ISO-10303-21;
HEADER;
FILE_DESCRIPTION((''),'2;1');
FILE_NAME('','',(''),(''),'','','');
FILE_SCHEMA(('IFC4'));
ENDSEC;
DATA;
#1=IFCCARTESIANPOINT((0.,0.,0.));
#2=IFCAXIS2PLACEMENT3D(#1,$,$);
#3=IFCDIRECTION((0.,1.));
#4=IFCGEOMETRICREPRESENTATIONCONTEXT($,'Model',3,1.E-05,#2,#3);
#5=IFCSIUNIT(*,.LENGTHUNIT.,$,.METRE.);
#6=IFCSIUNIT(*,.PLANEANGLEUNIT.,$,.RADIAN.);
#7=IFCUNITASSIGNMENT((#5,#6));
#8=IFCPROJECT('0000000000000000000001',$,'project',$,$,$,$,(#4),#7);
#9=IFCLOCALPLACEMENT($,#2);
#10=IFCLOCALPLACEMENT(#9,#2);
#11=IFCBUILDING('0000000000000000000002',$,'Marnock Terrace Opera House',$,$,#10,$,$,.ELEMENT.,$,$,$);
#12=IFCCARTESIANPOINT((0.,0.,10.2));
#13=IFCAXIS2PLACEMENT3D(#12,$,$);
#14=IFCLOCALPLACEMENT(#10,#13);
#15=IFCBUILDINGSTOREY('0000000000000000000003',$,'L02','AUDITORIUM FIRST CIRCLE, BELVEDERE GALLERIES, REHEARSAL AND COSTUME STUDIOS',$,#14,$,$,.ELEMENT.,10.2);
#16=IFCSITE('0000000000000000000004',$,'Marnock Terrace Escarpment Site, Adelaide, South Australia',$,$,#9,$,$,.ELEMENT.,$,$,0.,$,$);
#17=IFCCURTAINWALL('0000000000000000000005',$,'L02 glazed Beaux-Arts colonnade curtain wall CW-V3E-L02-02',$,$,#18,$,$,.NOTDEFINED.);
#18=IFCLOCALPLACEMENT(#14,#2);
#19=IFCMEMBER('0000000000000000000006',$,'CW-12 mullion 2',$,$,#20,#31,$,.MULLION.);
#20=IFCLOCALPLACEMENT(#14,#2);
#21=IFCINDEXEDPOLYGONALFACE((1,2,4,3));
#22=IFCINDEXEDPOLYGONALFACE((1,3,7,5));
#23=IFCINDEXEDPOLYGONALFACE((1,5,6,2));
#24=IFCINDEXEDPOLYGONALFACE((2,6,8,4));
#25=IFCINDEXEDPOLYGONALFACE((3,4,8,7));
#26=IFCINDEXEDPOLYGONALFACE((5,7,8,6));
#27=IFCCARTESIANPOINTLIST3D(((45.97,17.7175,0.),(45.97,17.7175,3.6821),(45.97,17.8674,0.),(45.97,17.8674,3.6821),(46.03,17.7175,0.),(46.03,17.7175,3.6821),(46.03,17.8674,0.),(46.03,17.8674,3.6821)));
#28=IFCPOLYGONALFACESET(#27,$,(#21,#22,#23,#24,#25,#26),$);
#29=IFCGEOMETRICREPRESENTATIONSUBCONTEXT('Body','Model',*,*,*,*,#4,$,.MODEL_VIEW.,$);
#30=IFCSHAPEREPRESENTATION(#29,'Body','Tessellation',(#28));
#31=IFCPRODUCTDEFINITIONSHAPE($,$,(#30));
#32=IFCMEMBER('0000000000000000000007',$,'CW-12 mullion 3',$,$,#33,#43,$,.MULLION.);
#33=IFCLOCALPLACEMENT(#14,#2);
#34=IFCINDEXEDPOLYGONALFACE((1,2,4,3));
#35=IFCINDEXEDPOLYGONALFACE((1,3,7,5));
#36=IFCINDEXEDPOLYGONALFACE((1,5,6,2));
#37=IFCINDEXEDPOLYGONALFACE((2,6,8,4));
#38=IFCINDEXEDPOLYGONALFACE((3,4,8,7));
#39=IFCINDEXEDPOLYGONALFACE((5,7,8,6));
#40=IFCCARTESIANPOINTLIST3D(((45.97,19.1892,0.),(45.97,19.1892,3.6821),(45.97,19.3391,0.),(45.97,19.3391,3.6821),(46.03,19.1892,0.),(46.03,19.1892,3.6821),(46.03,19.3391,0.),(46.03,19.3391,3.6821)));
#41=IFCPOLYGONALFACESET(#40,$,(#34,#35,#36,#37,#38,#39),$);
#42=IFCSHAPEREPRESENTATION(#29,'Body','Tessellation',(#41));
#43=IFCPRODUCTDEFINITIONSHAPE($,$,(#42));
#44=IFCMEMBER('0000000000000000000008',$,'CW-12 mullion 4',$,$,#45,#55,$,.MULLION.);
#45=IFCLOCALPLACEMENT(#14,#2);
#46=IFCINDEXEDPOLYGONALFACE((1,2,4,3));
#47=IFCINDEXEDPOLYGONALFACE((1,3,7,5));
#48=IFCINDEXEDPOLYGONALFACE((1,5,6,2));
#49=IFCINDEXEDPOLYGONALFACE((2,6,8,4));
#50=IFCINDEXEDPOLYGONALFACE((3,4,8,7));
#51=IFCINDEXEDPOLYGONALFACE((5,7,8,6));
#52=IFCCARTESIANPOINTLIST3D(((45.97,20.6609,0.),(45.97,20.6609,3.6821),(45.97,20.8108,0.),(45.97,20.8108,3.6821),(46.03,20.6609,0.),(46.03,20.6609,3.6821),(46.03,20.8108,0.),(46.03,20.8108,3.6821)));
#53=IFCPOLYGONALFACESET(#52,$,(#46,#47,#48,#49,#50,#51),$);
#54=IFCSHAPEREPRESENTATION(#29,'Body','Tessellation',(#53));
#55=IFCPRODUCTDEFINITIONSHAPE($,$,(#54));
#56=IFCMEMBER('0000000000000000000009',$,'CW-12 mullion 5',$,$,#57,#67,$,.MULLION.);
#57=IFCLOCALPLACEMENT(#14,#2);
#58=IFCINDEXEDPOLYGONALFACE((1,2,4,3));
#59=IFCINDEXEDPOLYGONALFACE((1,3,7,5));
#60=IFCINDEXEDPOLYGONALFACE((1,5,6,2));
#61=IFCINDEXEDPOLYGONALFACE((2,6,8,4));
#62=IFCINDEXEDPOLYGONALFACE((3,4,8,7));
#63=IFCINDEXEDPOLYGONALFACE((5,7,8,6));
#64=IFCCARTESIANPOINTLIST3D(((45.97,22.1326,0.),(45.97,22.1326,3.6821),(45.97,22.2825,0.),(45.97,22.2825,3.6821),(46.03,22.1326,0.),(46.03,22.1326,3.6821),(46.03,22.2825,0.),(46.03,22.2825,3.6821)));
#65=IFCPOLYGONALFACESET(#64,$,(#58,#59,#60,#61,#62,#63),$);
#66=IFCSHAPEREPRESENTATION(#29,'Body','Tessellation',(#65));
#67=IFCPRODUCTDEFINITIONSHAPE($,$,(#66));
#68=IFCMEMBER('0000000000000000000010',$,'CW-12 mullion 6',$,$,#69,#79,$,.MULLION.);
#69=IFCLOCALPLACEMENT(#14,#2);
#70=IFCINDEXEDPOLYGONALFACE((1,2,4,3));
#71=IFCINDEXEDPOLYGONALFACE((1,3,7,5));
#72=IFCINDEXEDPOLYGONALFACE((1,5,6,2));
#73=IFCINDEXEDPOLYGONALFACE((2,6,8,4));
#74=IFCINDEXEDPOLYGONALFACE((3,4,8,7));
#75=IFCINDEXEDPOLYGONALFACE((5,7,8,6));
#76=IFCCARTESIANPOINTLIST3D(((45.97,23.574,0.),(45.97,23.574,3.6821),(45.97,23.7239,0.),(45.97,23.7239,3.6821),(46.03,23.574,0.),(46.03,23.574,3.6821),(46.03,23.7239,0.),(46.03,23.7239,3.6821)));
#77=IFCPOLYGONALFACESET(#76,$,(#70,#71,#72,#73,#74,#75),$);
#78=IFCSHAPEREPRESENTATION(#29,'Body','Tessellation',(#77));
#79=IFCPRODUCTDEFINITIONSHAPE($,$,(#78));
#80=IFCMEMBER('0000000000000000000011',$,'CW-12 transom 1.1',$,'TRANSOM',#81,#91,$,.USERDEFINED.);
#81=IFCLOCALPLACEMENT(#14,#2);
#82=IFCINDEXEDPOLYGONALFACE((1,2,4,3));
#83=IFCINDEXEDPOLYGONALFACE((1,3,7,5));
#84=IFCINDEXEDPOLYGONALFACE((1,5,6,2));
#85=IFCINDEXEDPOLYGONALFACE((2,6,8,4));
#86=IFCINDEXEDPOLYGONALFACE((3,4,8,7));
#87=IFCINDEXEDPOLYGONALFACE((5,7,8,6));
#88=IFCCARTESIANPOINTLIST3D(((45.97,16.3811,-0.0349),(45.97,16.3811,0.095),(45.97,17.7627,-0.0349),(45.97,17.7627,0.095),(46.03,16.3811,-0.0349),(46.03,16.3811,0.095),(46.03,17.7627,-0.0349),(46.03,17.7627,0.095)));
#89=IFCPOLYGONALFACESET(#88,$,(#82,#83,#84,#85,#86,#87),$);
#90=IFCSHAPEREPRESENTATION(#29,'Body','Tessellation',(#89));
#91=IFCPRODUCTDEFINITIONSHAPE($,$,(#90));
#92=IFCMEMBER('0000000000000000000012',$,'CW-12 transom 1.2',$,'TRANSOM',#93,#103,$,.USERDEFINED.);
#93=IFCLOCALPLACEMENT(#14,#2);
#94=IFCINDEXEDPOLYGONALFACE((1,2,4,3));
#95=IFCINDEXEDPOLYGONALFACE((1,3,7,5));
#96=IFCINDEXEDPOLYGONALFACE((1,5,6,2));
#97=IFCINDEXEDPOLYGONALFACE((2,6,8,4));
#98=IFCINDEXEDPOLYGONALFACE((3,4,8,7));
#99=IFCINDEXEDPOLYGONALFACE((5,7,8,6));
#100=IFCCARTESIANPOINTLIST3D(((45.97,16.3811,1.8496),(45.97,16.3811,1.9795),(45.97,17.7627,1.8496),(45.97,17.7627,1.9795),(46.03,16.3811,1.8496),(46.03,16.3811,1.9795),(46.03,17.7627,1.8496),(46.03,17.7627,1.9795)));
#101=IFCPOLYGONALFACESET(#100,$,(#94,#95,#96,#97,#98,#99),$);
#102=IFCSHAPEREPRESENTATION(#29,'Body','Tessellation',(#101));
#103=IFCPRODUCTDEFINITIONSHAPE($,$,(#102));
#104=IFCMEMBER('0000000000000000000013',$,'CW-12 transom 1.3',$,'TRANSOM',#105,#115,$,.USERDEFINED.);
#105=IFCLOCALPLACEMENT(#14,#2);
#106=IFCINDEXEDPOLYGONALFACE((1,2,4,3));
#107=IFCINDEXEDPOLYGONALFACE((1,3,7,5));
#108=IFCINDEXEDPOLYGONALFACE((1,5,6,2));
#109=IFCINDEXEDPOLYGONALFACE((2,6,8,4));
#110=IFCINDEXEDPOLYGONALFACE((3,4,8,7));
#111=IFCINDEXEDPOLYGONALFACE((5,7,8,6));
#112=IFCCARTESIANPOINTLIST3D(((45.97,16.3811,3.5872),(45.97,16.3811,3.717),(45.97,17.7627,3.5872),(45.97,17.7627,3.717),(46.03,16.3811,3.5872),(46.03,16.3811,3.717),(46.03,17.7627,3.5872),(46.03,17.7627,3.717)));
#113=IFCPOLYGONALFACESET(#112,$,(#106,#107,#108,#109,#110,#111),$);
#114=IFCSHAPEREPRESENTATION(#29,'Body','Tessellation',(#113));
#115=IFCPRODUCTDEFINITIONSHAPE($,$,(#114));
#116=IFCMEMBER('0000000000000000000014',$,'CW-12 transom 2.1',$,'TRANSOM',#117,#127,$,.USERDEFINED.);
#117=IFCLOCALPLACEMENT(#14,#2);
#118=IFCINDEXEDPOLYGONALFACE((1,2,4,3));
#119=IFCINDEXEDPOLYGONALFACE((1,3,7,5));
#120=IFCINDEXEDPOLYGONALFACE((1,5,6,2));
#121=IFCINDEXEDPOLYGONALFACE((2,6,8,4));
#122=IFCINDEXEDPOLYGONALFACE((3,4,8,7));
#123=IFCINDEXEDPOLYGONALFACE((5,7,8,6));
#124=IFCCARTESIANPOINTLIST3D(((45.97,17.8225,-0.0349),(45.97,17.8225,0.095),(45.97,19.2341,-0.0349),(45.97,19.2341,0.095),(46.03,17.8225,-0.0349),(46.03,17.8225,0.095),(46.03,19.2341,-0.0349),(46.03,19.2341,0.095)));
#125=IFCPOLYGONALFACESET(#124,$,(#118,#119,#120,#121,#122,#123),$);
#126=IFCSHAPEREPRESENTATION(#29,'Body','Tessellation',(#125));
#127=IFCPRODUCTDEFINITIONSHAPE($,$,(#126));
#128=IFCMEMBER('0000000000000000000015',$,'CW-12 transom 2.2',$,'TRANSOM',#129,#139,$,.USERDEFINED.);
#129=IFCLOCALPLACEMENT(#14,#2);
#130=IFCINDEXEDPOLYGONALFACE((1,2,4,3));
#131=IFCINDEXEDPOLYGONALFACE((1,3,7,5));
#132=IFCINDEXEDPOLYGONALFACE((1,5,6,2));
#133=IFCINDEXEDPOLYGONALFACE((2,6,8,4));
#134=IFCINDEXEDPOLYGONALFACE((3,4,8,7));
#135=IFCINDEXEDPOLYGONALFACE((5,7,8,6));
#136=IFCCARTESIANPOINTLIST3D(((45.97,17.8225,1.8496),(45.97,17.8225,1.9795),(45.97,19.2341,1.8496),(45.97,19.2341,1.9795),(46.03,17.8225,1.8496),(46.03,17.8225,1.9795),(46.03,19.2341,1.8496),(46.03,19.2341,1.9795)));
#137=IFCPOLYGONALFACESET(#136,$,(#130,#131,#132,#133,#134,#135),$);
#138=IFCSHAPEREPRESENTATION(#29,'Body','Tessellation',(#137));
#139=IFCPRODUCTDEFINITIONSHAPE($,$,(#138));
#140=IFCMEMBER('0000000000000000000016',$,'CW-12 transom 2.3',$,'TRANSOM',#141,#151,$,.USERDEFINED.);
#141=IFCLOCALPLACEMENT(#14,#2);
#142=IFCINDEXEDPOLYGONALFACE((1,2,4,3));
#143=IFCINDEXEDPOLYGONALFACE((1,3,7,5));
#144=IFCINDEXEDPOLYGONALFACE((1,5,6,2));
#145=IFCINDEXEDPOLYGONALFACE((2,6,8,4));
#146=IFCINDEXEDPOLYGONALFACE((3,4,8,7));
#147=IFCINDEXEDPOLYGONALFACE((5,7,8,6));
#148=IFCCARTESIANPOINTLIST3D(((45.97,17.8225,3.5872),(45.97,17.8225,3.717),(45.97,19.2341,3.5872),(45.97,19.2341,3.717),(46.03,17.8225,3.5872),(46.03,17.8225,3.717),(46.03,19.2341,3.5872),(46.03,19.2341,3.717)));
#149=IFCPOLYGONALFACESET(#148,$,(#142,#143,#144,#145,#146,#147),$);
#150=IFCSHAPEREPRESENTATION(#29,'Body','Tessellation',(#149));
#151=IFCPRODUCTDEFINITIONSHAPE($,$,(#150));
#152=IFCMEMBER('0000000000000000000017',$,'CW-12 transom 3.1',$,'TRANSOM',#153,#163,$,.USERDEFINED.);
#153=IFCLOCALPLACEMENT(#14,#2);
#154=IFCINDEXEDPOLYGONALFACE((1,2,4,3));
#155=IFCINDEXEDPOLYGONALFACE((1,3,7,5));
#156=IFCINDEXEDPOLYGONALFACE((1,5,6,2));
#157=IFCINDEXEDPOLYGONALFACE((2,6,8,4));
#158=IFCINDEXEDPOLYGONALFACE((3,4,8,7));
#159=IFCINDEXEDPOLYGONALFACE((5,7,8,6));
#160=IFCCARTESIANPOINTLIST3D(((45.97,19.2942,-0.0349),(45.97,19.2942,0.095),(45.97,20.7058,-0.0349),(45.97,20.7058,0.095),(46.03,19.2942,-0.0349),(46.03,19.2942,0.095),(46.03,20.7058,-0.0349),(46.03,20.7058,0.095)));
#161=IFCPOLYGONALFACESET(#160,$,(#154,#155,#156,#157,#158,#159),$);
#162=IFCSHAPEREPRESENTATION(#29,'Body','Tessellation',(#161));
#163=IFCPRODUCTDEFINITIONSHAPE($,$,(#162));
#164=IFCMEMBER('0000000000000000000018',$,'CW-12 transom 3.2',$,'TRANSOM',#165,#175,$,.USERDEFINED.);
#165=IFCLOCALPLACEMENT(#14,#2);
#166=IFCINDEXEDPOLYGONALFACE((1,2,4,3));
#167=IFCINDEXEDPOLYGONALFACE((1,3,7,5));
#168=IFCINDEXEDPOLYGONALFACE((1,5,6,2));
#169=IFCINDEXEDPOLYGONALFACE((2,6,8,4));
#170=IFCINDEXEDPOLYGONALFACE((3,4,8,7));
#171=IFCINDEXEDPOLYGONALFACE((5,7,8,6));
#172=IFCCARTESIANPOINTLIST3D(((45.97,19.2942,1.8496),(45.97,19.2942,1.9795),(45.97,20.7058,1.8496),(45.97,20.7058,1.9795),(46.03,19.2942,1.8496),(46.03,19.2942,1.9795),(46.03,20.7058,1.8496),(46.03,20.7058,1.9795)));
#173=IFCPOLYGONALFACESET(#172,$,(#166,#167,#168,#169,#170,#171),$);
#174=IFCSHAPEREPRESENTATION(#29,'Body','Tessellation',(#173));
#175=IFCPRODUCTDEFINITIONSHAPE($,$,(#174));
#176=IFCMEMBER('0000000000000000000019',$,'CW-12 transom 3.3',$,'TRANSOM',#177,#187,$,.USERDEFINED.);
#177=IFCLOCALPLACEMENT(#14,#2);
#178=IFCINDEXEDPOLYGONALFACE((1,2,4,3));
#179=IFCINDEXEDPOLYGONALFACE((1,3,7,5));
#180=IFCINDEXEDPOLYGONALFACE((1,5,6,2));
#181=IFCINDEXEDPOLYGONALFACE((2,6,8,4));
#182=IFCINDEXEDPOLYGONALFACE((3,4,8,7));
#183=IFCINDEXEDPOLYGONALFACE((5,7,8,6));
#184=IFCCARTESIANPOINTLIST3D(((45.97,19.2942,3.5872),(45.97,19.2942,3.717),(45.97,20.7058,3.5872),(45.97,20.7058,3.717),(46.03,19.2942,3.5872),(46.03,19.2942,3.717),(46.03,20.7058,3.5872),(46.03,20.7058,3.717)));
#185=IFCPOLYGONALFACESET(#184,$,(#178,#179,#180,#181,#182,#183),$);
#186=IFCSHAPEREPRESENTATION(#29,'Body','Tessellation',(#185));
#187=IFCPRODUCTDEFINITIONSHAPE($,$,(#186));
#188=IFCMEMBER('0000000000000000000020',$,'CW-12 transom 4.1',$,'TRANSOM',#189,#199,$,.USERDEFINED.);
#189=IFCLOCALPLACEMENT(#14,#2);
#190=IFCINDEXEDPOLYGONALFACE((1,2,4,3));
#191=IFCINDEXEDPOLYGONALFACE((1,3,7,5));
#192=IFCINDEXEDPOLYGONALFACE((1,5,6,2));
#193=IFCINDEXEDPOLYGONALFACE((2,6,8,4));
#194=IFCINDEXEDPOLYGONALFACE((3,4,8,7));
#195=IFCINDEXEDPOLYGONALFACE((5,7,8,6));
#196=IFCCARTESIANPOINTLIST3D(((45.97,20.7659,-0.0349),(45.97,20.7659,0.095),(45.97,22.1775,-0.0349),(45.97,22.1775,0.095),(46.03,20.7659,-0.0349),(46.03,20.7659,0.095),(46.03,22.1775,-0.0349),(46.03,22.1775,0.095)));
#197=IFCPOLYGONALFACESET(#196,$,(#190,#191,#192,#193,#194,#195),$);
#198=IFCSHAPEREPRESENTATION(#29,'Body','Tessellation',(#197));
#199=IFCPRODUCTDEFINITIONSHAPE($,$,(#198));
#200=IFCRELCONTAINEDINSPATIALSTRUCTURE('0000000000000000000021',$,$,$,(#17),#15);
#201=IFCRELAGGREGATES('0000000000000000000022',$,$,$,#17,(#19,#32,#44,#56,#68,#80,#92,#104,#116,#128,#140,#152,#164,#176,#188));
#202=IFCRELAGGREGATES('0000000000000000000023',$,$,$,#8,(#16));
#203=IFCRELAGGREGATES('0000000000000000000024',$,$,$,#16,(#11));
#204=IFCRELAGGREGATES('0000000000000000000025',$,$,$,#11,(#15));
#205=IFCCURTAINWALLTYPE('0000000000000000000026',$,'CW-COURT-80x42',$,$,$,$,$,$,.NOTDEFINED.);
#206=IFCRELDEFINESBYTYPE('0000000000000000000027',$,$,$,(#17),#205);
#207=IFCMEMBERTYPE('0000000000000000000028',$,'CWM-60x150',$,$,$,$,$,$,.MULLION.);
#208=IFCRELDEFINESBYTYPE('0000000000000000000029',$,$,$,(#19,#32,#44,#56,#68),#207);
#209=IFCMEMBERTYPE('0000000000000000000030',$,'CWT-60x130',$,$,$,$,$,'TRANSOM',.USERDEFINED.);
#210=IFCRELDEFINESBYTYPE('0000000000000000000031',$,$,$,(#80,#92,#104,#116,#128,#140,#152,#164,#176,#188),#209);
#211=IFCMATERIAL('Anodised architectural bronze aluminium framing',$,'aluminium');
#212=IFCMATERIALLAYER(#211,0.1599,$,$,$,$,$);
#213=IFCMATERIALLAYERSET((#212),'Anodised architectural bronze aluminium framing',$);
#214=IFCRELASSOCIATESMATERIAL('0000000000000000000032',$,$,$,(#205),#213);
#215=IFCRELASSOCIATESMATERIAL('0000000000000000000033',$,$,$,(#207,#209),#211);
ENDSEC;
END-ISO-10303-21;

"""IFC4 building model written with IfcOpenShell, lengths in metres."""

from ifc_helpers import new_model, si_unit, direction, frame, origin, origin_2d, place, context, subcontext, project, spatial, rectangle, extrude, material, layer, layer_set, material_profile, profile_set, type_object, element, aggregate, save


model = new_model("IFC4")

# Units and contexts
model_context = context("Model", 3, precision=1e-05, world=origin(), true_north=direction((0.0, 1.0)))
body_context = subcontext(model_context, "Body", "Model", "MODEL_VIEW")
ifc_project = project(units=[si_unit("LENGTHUNIT", "METRE"), si_unit("PLANEANGLEUNIT", "RADIAN")], contexts=[model_context])

# Site, building, storey
site_placement = place(None, origin())
site = spatial("IfcSite", under=ifc_project, at=site_placement, Name="Marnock Terrace Escarpment Site, Adelaide, South Australia", CompositionType="ELEMENT", RefElevation=0.0)
building_placement = place(site_placement, origin())
building = spatial("IfcBuilding", under=site, at=building_placement, Name="Marnock Terrace Opera House", CompositionType="ELEMENT")
storey_placement = place(building_placement, frame((0.0, 0.0, 10.2)))
storey = spatial("IfcBuildingStorey", under=building, at=storey_placement, Name="L02", Description="AUDITORIUM FIRST CIRCLE, BELVEDERE GALLERIES, REHEARSAL AND COSTUME STUDIOS", CompositionType="ELEMENT", Elevation=10.2)

# Shared definitions
ifc_material_1 = material(Name="Anodised architectural bronze aluminium framing", Category="aluminium")
ifc_layer_1 = layer(ifc_material_1, 0.1599)
ifc_layer_set_1 = layer_set([ifc_layer_1], Name="Anodised architectural bronze aluminium framing")
curtain_wall_type = type_object("IfcCurtainWallType", Name="CW-COURT-80x42", PredefinedType="NOTDEFINED", material=ifc_layer_set_1)
ifc_material_profile_1 = material_profile(ifc_material_1, rectangle(XDim=0.0601, YDim=0.1499, at=origin_2d()))
ifc_profile_set_1 = profile_set([ifc_material_profile_1], Name="Anodised architectural bronze aluminium framing")
member_type_1 = type_object("IfcMemberType", Name="CWM-60x150", PredefinedType="MULLION", material=ifc_profile_set_1)

# Curtain wall, members
curtain_wall_1_placement = place(storey_placement, origin())
curtain_wall_1 = element("IfcCurtainWall", 1, at=curtain_wall_1_placement, inside=storey, type_object=curtain_wall_type, Name="L02 glazed Beaux-Arts colonnade curtain wall CW-V3E-L02-02", PredefinedType="NOTDEFINED")
member_1_placement = place(storey_placement, frame((46.0, 17.7925, 0.0), z_axis=(0.0, 0.0, 1.0), x_axis=(-1.0, 0.0, 0.0)))
member_1 = element("IfcMember", 2, at=member_1_placement, type_object=member_type_1, Name="CW-12 mullion 2", PredefinedType="MULLION", context=body_context, shape_type="SweptSolid", body=[
    extrude(rectangle(XDim=0.0601, YDim=0.1499, at=origin_2d()), origin(), (0.0, 0.0, 1.0), 3.6821),
])
member_2_placement = place(storey_placement, frame((46.0, 19.2642, 0.0), z_axis=(0.0, 0.0, 1.0), x_axis=(-1.0, 0.0, 0.0)))
member_2 = element("IfcMember", 3, at=member_2_placement, type_object=member_type_1, Name="CW-12 mullion 3", PredefinedType="MULLION", context=body_context, shape_type="SweptSolid", body=[
    extrude(rectangle(XDim=0.0601, YDim=0.1499, at=origin_2d()), origin(), (0.0, 0.0, 1.0), 3.6821),
])
member_3_placement = place(storey_placement, frame((46.0, 20.7358, 0.0), z_axis=(0.0, 0.0, 1.0), x_axis=(-1.0, 0.0, 0.0)))
member_3 = element("IfcMember", 4, at=member_3_placement, type_object=member_type_1, Name="CW-12 mullion 4", PredefinedType="MULLION", context=body_context, shape_type="SweptSolid", body=[
    extrude(rectangle(XDim=0.0601, YDim=0.1499, at=origin_2d()), origin(), (0.0, 0.0, 1.0), 3.6821),
])
member_4_placement = place(storey_placement, frame((46.0, 22.2075, 0.0), z_axis=(0.0, 0.0, 1.0), x_axis=(-1.0, 0.0, 0.0)))
member_4 = element("IfcMember", 5, at=member_4_placement, type_object=member_type_1, Name="CW-12 mullion 5", PredefinedType="MULLION", context=body_context, shape_type="SweptSolid", body=[
    extrude(rectangle(XDim=0.0601, YDim=0.1499, at=origin_2d()), origin(), (0.0, 0.0, 1.0), 3.6821),
])
member_5_placement = place(storey_placement, frame((46.0, 23.6489, 0.0), z_axis=(0.0, 0.0, 1.0), x_axis=(-1.0, 0.0, 0.0)))
member_5 = element("IfcMember", 6, at=member_5_placement, type_object=member_type_1, Name="CW-12 mullion 6", PredefinedType="MULLION", context=body_context, shape_type="SweptSolid", body=[
    extrude(rectangle(XDim=0.0601, YDim=0.1499, at=origin_2d()), origin(), (0.0, 0.0, 1.0), 3.6821),
])
ifc_material_profile_2 = material_profile(ifc_material_1, rectangle(XDim=0.0601, YDim=0.1299, at=origin_2d()))
ifc_profile_set_2 = profile_set([ifc_material_profile_2], Name="Anodised architectural bronze aluminium framing")
member_type_2 = type_object("IfcMemberType", Name="CWT-60x130", ElementType="TRANSOM", PredefinedType="USERDEFINED", material=ifc_profile_set_2)
member_6_placement = place(storey_placement, frame((46.0, 16.3811, 0.03), z_axis=(0.0, 1.0, 0.0), x_axis=(-1.0, 0.0, 0.0)))
member_6 = element("IfcMember", 7, at=member_6_placement, type_object=member_type_2, Name="CW-12 transom 1.1", ObjectType="TRANSOM", PredefinedType="USERDEFINED", context=body_context, shape_type="SweptSolid", body=[
    extrude(rectangle(XDim=0.0601, YDim=0.1299, at=origin_2d()), origin(), (0.0, 0.0, 1.0), 1.3816),
])
member_7_placement = place(storey_placement, frame((46.0, 16.3811, 1.9146), z_axis=(0.0, 1.0, 0.0), x_axis=(-1.0, 0.0, 0.0)))
member_7 = element("IfcMember", 8, at=member_7_placement, type_object=member_type_2, Name="CW-12 transom 1.2", ObjectType="TRANSOM", PredefinedType="USERDEFINED", context=body_context, shape_type="SweptSolid", body=[
    extrude(rectangle(XDim=0.0601, YDim=0.1299, at=origin_2d()), origin(), (0.0, 0.0, 1.0), 1.3816),
])
member_8_placement = place(storey_placement, frame((46.0, 16.3811, 3.6521), z_axis=(0.0, 1.0, 0.0), x_axis=(-1.0, 0.0, 0.0)))
member_8 = element("IfcMember", 9, at=member_8_placement, type_object=member_type_2, Name="CW-12 transom 1.3", ObjectType="TRANSOM", PredefinedType="USERDEFINED", context=body_context, shape_type="SweptSolid", body=[
    extrude(rectangle(XDim=0.0601, YDim=0.1299, at=origin_2d()), origin(), (0.0, 0.0, 1.0), 1.3816),
])
member_9_placement = place(storey_placement, frame((46.0, 17.8225, 0.03), z_axis=(0.0, 1.0, 0.0), x_axis=(-1.0, 0.0, 0.0)))
member_9 = element("IfcMember", 10, at=member_9_placement, type_object=member_type_2, Name="CW-12 transom 2.1", ObjectType="TRANSOM", PredefinedType="USERDEFINED", context=body_context, shape_type="SweptSolid", body=[
    extrude(rectangle(XDim=0.0601, YDim=0.1299, at=origin_2d()), origin(), (0.0, 0.0, 1.0), 1.4116),
])
member_10_placement = place(storey_placement, frame((46.0, 17.8225, 1.9146), z_axis=(0.0, 1.0, 0.0), x_axis=(-1.0, 0.0, 0.0)))
member_10 = element("IfcMember", 11, at=member_10_placement, type_object=member_type_2, Name="CW-12 transom 2.2", ObjectType="TRANSOM", PredefinedType="USERDEFINED", context=body_context, shape_type="SweptSolid", body=[
    extrude(rectangle(XDim=0.0601, YDim=0.1299, at=origin_2d()), origin(), (0.0, 0.0, 1.0), 1.4116),
])
member_11_placement = place(storey_placement, frame((46.0, 17.8225, 3.6521), z_axis=(0.0, 1.0, 0.0), x_axis=(-1.0, 0.0, 0.0)))
member_11 = element("IfcMember", 12, at=member_11_placement, type_object=member_type_2, Name="CW-12 transom 2.3", ObjectType="TRANSOM", PredefinedType="USERDEFINED", context=body_context, shape_type="SweptSolid", body=[
    extrude(rectangle(XDim=0.0601, YDim=0.1299, at=origin_2d()), origin(), (0.0, 0.0, 1.0), 1.4116),
])
member_12_placement = place(storey_placement, frame((46.0, 19.2942, 0.03), z_axis=(0.0, 1.0, 0.0), x_axis=(-1.0, 0.0, 0.0)))
member_12 = element("IfcMember", 13, at=member_12_placement, type_object=member_type_2, Name="CW-12 transom 3.1", ObjectType="TRANSOM", PredefinedType="USERDEFINED", context=body_context, shape_type="SweptSolid", body=[
    extrude(rectangle(XDim=0.0601, YDim=0.1299, at=origin_2d()), origin(), (0.0, 0.0, 1.0), 1.4116),
])
member_13_placement = place(storey_placement, frame((46.0, 19.2942, 1.9146), z_axis=(0.0, 1.0, 0.0), x_axis=(-1.0, 0.0, 0.0)))
member_13 = element("IfcMember", 14, at=member_13_placement, type_object=member_type_2, Name="CW-12 transom 3.2", ObjectType="TRANSOM", PredefinedType="USERDEFINED", context=body_context, shape_type="SweptSolid", body=[
    extrude(rectangle(XDim=0.0601, YDim=0.1299, at=origin_2d()), origin(), (0.0, 0.0, 1.0), 1.4116),
])
member_14_placement = place(storey_placement, frame((46.0, 19.2942, 3.6521), z_axis=(0.0, 1.0, 0.0), x_axis=(-1.0, 0.0, 0.0)))
member_14 = element("IfcMember", 15, at=member_14_placement, type_object=member_type_2, Name="CW-12 transom 3.3", ObjectType="TRANSOM", PredefinedType="USERDEFINED", context=body_context, shape_type="SweptSolid", body=[
    extrude(rectangle(XDim=0.0601, YDim=0.1299, at=origin_2d()), origin(), (0.0, 0.0, 1.0), 1.4116),
])
member_15_placement = place(storey_placement, frame((46.0, 20.7659, 0.03), z_axis=(0.0, 1.0, 0.0), x_axis=(-1.0, 0.0, 0.0)))
member_15 = element("IfcMember", 16, at=member_15_placement, type_object=member_type_2, Name="CW-12 transom 4.1", ObjectType="TRANSOM", PredefinedType="USERDEFINED", context=body_context, shape_type="SweptSolid", body=[
    extrude(rectangle(XDim=0.0601, YDim=0.1299, at=origin_2d()), origin(), (0.0, 0.0, 1.0), 1.4116),
])
aggregate(curtain_wall_1, [member_1, member_2, member_3, member_4, member_5, member_6, member_7, member_8, member_9, member_10, member_11, member_12, member_13, member_14, member_15])

save(model, "model.ifc")
